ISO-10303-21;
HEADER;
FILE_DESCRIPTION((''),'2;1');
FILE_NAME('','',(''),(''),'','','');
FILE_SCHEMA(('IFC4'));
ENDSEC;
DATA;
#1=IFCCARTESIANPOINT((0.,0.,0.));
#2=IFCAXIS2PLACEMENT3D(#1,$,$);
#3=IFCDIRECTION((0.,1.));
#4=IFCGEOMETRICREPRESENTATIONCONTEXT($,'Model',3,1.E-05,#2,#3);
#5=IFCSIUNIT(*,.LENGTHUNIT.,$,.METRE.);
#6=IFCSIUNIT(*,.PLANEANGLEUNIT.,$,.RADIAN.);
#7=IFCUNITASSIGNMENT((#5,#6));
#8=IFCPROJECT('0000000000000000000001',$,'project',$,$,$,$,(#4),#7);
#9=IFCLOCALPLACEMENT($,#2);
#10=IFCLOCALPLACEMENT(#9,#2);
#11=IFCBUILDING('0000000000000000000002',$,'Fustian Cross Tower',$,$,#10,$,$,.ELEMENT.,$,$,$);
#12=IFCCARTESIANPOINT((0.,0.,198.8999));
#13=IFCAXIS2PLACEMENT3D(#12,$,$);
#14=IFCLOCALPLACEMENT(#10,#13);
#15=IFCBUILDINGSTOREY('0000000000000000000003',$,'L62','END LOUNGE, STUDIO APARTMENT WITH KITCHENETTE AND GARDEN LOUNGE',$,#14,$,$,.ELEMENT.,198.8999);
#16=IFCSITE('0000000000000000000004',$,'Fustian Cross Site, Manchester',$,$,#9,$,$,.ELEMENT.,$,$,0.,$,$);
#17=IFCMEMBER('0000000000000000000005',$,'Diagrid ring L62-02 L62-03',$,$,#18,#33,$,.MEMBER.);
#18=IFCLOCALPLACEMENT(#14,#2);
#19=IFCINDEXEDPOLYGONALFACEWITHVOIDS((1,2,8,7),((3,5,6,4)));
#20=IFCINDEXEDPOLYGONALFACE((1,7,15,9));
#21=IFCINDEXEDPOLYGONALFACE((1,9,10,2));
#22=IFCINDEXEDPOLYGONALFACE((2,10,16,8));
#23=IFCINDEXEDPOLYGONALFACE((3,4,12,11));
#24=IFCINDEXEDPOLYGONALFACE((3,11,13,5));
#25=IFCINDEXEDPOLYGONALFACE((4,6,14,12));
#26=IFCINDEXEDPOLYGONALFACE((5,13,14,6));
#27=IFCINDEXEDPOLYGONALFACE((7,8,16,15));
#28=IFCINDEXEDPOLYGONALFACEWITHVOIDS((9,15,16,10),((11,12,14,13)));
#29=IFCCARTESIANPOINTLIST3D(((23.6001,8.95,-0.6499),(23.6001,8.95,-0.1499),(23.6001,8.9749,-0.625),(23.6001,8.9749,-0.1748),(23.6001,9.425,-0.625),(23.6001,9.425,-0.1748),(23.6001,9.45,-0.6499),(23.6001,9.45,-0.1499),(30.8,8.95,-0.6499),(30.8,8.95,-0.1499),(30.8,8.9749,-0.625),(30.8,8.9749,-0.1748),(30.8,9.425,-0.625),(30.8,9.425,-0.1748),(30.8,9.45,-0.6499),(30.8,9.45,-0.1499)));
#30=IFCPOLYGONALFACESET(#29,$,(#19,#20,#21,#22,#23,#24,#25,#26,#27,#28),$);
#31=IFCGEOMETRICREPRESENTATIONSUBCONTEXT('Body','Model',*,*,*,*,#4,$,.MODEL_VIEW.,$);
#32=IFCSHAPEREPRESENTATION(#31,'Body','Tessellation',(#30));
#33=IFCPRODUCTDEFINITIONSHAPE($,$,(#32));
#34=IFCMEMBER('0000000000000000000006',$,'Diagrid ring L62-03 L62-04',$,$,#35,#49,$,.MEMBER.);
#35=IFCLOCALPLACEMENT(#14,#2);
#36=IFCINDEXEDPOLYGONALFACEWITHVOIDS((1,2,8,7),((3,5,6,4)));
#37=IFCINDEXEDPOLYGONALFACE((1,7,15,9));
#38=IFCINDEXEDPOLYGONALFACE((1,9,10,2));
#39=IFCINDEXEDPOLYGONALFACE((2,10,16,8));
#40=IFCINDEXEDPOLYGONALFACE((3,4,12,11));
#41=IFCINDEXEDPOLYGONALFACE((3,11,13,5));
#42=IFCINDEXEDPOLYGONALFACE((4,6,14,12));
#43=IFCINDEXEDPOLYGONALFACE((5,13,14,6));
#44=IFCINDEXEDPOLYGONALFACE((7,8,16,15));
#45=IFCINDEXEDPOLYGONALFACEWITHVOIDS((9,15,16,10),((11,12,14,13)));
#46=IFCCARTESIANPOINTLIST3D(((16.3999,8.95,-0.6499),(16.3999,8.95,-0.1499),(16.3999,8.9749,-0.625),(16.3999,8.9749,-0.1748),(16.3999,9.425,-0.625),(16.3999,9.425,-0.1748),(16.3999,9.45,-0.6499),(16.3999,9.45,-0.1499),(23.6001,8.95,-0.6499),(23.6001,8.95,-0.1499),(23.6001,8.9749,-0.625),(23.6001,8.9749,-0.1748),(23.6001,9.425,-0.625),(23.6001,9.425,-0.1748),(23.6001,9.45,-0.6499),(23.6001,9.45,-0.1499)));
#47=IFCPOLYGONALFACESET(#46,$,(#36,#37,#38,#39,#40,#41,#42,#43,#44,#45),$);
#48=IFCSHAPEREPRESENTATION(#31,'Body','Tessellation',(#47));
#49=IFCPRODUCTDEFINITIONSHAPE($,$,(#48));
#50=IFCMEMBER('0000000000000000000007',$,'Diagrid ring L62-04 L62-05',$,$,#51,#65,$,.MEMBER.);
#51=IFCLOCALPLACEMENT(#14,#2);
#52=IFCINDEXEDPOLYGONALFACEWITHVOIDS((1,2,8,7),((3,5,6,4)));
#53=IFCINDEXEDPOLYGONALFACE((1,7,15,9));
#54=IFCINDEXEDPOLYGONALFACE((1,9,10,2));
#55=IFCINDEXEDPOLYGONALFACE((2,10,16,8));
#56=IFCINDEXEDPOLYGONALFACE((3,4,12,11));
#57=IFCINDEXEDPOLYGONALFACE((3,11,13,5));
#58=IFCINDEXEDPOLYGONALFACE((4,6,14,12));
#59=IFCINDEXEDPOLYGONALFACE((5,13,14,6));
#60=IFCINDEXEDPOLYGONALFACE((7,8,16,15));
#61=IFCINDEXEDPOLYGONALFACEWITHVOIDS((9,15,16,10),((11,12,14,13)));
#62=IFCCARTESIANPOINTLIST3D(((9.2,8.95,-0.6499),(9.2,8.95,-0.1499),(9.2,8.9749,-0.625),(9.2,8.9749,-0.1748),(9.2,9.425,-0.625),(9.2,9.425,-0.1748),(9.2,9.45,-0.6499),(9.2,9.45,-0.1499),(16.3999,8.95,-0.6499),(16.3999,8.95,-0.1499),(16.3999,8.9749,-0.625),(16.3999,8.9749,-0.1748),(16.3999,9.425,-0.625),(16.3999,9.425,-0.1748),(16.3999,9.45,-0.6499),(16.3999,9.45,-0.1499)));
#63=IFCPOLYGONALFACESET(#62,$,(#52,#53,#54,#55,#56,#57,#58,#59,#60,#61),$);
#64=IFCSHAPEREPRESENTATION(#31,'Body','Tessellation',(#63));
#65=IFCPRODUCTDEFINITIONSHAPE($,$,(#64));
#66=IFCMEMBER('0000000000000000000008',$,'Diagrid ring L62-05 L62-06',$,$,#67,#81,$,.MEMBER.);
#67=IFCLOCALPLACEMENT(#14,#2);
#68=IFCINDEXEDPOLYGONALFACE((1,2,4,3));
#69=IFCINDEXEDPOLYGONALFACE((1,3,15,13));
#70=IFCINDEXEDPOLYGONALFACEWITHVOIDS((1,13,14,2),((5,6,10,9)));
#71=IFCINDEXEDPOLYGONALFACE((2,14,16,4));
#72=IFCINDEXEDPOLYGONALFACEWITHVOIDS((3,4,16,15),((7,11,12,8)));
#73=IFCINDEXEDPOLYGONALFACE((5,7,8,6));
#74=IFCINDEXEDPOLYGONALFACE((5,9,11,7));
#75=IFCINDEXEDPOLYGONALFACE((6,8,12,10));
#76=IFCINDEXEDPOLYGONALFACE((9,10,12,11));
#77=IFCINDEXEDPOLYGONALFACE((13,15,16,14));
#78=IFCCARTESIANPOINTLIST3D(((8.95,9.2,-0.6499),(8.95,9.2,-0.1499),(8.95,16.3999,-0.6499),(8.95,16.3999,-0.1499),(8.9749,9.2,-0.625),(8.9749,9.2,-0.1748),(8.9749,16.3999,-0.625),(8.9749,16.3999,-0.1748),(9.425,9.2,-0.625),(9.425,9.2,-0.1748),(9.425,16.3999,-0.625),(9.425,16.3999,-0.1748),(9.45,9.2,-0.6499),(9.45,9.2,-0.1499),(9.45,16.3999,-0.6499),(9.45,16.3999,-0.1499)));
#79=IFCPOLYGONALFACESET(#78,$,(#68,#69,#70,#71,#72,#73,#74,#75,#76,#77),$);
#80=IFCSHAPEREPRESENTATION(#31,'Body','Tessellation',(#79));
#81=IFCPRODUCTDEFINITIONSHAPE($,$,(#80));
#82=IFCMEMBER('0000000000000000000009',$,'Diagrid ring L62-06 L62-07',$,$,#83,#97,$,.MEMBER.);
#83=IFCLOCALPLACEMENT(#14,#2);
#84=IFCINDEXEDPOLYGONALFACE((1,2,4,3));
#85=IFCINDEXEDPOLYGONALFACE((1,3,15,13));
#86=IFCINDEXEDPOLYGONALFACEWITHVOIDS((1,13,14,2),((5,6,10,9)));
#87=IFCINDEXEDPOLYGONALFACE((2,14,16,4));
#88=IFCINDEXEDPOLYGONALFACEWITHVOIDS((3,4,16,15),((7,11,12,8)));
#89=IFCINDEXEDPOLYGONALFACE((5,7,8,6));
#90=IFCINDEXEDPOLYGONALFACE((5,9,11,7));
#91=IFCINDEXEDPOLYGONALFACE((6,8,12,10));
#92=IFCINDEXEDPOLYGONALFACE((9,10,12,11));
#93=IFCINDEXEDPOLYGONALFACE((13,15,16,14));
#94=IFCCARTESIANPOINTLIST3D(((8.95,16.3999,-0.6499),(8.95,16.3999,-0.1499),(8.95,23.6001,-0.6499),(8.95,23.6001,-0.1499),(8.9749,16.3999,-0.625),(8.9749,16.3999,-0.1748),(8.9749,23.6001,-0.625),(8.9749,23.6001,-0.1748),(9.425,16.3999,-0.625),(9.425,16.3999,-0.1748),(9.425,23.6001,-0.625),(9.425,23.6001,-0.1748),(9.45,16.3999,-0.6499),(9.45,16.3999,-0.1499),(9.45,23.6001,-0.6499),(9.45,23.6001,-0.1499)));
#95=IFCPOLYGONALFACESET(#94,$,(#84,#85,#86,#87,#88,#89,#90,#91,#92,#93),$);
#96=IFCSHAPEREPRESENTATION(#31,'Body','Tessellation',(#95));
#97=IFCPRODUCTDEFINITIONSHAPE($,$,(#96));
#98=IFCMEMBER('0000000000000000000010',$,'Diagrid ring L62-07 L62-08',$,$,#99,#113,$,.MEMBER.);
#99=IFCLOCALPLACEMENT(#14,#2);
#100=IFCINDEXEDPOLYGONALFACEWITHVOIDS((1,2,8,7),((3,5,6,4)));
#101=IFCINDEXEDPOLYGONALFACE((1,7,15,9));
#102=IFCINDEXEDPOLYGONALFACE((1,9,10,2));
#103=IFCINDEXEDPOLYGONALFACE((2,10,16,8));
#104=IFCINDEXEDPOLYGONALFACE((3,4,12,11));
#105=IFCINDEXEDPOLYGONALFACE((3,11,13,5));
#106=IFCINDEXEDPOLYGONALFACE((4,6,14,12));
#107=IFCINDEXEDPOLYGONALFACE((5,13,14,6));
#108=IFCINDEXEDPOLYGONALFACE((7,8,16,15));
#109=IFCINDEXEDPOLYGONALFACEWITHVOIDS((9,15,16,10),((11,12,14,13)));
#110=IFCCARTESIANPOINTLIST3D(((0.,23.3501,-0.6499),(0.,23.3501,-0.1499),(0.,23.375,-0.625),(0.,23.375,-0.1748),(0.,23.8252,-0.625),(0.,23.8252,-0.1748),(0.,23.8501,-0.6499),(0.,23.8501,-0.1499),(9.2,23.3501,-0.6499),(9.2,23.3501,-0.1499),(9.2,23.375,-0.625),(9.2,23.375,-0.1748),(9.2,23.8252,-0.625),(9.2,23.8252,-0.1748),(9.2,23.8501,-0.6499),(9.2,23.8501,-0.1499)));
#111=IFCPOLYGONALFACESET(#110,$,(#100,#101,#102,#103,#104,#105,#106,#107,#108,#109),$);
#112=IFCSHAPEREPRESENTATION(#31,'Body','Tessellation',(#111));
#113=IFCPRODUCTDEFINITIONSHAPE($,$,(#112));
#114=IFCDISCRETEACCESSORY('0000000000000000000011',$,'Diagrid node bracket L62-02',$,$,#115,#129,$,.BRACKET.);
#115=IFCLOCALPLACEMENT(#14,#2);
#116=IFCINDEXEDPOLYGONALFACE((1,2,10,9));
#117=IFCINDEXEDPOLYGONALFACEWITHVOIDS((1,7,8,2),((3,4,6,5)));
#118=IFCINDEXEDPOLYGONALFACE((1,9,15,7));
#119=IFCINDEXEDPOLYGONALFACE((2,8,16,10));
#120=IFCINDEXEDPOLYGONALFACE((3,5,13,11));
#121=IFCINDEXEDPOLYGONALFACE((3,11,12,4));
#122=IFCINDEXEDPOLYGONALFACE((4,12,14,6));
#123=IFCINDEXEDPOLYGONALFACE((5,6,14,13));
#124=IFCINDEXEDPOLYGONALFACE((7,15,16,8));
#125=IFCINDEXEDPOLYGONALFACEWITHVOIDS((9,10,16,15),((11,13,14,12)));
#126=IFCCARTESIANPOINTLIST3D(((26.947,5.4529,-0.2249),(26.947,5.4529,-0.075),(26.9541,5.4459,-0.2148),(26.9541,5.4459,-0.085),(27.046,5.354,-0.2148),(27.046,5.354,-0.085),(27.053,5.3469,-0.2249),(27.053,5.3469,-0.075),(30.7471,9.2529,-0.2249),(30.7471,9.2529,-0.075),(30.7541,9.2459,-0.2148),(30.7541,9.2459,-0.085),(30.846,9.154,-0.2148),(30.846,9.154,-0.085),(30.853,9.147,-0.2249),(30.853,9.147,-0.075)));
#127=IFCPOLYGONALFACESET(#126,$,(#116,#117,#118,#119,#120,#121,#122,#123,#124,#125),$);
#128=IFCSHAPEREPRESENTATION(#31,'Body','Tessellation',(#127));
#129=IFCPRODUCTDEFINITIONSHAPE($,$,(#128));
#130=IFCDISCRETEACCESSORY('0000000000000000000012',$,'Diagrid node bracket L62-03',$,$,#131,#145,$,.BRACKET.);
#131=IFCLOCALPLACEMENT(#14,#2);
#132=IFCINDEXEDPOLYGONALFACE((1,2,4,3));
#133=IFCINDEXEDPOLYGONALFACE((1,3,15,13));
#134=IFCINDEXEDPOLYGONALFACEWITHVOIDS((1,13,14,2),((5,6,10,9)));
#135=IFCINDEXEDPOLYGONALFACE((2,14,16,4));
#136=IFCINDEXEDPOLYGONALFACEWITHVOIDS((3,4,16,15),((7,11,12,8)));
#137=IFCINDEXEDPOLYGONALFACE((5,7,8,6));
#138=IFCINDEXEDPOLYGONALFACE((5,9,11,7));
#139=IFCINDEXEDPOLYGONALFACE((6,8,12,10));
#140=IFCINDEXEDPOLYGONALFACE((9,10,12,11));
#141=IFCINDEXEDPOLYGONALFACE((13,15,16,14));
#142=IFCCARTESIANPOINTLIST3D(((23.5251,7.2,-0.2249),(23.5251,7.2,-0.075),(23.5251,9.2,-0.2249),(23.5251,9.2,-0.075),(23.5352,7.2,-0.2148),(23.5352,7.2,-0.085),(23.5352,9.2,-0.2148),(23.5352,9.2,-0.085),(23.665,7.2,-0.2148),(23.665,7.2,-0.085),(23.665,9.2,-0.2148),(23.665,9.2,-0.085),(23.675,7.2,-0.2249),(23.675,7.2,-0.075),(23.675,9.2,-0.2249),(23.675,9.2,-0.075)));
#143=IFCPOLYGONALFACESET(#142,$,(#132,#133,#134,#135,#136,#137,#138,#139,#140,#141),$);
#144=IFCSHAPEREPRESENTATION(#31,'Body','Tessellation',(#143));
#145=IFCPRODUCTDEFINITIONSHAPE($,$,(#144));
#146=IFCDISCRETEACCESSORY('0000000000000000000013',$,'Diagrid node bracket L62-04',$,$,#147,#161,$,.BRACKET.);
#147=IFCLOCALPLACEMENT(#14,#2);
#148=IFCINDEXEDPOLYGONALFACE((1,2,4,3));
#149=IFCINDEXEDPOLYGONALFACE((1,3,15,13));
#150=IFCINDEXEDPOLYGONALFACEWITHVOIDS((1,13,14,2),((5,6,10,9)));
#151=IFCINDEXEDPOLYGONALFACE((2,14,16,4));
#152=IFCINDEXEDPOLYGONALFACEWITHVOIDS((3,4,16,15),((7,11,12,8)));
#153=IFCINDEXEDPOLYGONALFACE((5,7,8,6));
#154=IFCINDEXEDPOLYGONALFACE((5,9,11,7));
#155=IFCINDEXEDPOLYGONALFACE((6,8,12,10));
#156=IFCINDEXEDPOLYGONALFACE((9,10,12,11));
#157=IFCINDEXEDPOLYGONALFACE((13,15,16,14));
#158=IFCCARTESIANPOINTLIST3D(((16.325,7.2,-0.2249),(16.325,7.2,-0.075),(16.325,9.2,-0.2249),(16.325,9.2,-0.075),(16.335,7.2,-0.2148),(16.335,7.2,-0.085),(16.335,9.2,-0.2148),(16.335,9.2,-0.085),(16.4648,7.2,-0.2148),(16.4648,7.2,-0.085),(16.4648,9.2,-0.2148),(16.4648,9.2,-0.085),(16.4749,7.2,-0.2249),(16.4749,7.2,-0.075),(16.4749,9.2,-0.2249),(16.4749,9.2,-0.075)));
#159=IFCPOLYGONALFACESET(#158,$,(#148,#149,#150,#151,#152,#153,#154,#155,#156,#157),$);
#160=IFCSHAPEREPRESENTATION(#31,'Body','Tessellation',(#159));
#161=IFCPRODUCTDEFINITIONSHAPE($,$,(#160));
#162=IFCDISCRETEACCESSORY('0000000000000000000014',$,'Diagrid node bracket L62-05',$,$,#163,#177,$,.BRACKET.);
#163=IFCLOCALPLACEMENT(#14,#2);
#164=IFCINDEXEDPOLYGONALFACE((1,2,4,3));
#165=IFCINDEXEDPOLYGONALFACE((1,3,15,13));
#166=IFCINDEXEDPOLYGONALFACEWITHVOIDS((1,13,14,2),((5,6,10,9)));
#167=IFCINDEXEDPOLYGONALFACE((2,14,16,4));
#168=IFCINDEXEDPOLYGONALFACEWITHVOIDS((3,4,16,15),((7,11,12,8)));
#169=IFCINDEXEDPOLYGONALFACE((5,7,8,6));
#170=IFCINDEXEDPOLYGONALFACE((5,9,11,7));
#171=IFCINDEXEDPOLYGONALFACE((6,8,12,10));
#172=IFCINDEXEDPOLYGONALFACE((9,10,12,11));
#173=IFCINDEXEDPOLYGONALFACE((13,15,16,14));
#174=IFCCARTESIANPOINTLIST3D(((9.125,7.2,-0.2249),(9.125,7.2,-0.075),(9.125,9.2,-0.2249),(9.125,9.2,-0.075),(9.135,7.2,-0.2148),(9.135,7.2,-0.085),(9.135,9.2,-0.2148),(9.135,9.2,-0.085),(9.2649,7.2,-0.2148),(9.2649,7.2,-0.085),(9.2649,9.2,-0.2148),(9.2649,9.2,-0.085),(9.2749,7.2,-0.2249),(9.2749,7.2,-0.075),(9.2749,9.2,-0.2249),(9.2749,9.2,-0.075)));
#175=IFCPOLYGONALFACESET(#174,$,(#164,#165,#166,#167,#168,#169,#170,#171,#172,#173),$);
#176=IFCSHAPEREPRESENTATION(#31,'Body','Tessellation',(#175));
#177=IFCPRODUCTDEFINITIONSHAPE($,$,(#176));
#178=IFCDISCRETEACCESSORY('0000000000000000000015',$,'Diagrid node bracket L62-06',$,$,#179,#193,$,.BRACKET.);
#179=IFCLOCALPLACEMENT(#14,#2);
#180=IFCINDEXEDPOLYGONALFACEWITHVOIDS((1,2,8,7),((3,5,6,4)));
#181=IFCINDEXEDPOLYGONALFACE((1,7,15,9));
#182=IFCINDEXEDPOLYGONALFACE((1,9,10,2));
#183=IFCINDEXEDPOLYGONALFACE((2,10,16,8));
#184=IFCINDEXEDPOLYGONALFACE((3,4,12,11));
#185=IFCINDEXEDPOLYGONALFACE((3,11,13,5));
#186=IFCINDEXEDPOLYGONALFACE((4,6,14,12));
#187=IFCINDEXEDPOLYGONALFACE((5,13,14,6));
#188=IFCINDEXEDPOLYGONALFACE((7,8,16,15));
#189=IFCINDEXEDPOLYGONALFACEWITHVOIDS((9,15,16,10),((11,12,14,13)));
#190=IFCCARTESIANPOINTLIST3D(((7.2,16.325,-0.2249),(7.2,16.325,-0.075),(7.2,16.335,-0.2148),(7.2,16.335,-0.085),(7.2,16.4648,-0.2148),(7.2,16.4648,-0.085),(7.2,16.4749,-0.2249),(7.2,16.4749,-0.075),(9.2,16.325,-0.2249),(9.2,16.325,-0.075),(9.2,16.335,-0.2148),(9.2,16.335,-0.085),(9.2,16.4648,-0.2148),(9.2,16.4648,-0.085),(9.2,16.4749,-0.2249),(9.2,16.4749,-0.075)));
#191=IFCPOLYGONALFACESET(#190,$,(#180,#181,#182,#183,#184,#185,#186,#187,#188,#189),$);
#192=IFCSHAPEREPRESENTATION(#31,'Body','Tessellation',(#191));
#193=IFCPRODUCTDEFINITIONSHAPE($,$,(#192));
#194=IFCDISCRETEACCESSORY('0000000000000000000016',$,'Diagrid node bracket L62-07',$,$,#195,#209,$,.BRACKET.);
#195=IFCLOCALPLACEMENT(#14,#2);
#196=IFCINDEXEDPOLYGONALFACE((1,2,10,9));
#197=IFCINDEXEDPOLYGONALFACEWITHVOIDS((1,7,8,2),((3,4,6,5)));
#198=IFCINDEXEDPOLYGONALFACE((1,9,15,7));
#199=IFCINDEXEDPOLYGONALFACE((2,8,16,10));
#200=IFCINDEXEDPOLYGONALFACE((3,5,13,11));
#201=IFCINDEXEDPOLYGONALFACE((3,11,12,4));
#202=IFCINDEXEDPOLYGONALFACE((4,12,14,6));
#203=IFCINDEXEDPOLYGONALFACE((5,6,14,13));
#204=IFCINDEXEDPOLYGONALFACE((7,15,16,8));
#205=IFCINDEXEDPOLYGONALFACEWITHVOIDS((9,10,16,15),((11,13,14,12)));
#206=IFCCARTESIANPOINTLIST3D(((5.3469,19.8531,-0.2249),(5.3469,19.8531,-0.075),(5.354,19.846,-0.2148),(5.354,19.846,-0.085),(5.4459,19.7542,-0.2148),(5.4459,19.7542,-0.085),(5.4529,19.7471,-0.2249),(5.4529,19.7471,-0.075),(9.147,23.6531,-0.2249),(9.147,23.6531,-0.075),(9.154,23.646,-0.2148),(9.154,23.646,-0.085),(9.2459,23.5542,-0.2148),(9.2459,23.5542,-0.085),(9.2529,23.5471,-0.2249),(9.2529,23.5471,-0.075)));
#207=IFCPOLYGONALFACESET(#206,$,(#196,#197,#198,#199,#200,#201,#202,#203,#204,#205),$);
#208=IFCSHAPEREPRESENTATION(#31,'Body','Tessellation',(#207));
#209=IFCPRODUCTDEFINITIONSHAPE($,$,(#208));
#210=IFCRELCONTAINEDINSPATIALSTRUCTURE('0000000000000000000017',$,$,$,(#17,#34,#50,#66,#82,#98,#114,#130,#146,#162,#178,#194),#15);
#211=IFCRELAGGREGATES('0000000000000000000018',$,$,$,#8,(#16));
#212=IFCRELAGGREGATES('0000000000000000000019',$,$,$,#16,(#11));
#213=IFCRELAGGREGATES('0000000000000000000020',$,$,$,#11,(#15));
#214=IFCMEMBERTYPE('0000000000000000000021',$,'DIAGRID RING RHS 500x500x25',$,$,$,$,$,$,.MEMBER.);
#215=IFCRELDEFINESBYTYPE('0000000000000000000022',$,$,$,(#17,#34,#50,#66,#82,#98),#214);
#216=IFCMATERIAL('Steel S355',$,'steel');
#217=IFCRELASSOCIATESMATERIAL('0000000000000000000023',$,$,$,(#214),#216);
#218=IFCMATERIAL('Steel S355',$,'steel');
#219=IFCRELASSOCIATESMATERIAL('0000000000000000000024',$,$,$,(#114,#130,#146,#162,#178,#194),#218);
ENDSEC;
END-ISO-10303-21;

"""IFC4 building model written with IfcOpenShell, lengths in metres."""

from ifc_helpers import new_model, si_unit, direction, frame, origin, origin_2d, place, context, subcontext, project, spatial, hollow_rectangle, extrude, material, material_profile, profile_set, type_object, element, save


model = new_model("IFC4")

# Units and contexts
model_context = context("Model", 3, precision=1e-05, world=origin(), true_north=direction((0.0, 1.0)))
body_context = subcontext(model_context, "Body", "Model", "MODEL_VIEW")
ifc_project = project(units=[si_unit("LENGTHUNIT", "METRE"), si_unit("PLANEANGLEUNIT", "RADIAN")], contexts=[model_context])

# Site, building, storey
site_placement = place(None, origin())
site = spatial("IfcSite", under=ifc_project, at=site_placement, Name="Fustian Cross Site, Manchester", CompositionType="ELEMENT", RefElevation=0.0)
building_placement = place(site_placement, origin())
building = spatial("IfcBuilding", under=site, at=building_placement, Name="Fustian Cross Tower", CompositionType="ELEMENT")
storey_placement = place(building_placement, frame((0.0, 0.0, 198.8999)))
storey = spatial("IfcBuildingStorey", under=building, at=storey_placement, Name="L62", Description="END LOUNGE, STUDIO APARTMENT WITH KITCHENETTE AND GARDEN LOUNGE", CompositionType="ELEMENT", Elevation=198.8999)

# Members
ifc_material_1 = material(Name="Steel S355", Category="steel")
ifc_material_profile_1 = material_profile(ifc_material_1, hollow_rectangle(XDim=0.5, YDim=0.5, WallThickness=0.0249, at=origin_2d()), Name="RHS 500x500x25")
ifc_profile_set_1 = profile_set([ifc_material_profile_1], Name="Steel S355")
member_type_1 = type_object("IfcMemberType", Name="DIAGRID RING RHS 500x500x25", PredefinedType="MEMBER", material=ifc_profile_set_1)
member_1_placement = place(storey_placement, frame((30.8, 9.2, -0.3999), z_axis=(-1.0, 0.0, 0.0), x_axis=(0.0, -1.0, 0.0)))
element("IfcMember", 1, at=member_1_placement, inside=storey, type_object=member_type_1, Name="Diagrid ring L62-02 L62-03", PredefinedType="MEMBER", context=body_context, shape_type="SweptSolid", body=[
    extrude(hollow_rectangle(XDim=0.5, YDim=0.5, WallThickness=0.0249, at=origin_2d()), origin(), (0.0, 0.0, 1.0), 7.2),
])
member_2_placement = place(storey_placement, frame((23.6001, 9.2, -0.3999), z_axis=(-1.0, 0.0, 0.0), x_axis=(0.0, -1.0, 0.0)))
element("IfcMember", 2, at=member_2_placement, inside=storey, type_object=member_type_1, Name="Diagrid ring L62-03 L62-04", PredefinedType="MEMBER", context=body_context, shape_type="SweptSolid", body=[
    extrude(hollow_rectangle(XDim=0.5, YDim=0.5, WallThickness=0.0249, at=origin_2d()), origin(), (0.0, 0.0, 1.0), 7.2002),
])
for number, where, z_axis, x_axis, name in (
    (3, (16.3999, 9.2, -0.3999), (-1.0, 0.0, 0.0), (0.0, -1.0, 0.0), "Diagrid ring L62-04 L62-05"),
    (4, (9.2, 9.2, -0.3999), (0.0, 1.0, 0.0), (-1.0, 0.0, 0.0), "Diagrid ring L62-05 L62-06"),
):
    element("IfcMember", number, at=place(storey_placement, frame(where, z_axis=z_axis, x_axis=x_axis)), inside=storey, type_object=member_type_1, Name=name, PredefinedType="MEMBER", context=body_context, shape_type="SweptSolid", body=[
        extrude(hollow_rectangle(XDim=0.5, YDim=0.5, WallThickness=0.0249, at=origin_2d()), origin(), (0.0, 0.0, 1.0), 7.2),
    ])
member_3_placement = place(storey_placement, frame((9.2, 16.3999, -0.3999), z_axis=(0.0, 1.0, 0.0), x_axis=(-1.0, 0.0, 0.0)))
element("IfcMember", 5, at=member_3_placement, inside=storey, type_object=member_type_1, Name="Diagrid ring L62-06 L62-07", PredefinedType="MEMBER", context=body_context, shape_type="SweptSolid", body=[
    extrude(hollow_rectangle(XDim=0.5, YDim=0.5, WallThickness=0.0249, at=origin_2d()), origin(), (0.0, 0.0, 1.0), 7.2002),
])
member_4_placement = place(storey_placement, frame((9.2, 23.6001, -0.3999), z_axis=(-1.0, 0.0, 0.0), x_axis=(0.0, -1.0, 0.0)))
element("IfcMember", 6, at=member_4_placement, inside=storey, type_object=member_type_1, Name="Diagrid ring L62-07 L62-08", PredefinedType="MEMBER", context=body_context, shape_type="SweptSolid", body=[
    extrude(hollow_rectangle(XDim=0.5, YDim=0.5, WallThickness=0.0249, at=origin_2d()), origin(), (0.0, 0.0, 1.0), 9.2),
])

# Discrete accessories
ifc_material_2 = material(Name="Steel S355", Category="steel")
discrete_accessory_1_placement = place(storey_placement, frame((30.8, 9.2, -0.1499), z_axis=(-0.707107, -0.707107, 0.0), x_axis=(0.707107, -0.707107, 0.0)))
element("IfcDiscreteAccessory", 7, at=discrete_accessory_1_placement, inside=storey, material=ifc_material_2, Name="Diagrid node bracket L62-02", PredefinedType="BRACKET", context=body_context, shape_type="SweptSolid", body=[
    extrude(hollow_rectangle(XDim=0.1499, YDim=0.1499, WallThickness=0.01, at=origin_2d()), origin(), (0.0, 0.0, 1.0), 5.374),
])
for number, where, z_axis, x_axis, name in (
    (8, (23.6001, 9.2, -0.1499), (0.0, -1.0, 0.0), (1.0, 0.0, 0.0), "Diagrid node bracket L62-03"),
    (9, (16.3999, 9.2, -0.1499), (0.0, -1.0, 0.0), (1.0, 0.0, 0.0), "Diagrid node bracket L62-04"),
    (10, (9.2, 9.2, -0.1499), (0.0, -1.0, 0.0), (1.0, 0.0, 0.0), "Diagrid node bracket L62-05"),
    (11, (9.2, 16.3999, -0.1499), (-1.0, 0.0, 0.0), (0.0, -1.0, 0.0), "Diagrid node bracket L62-06"),
):
    element("IfcDiscreteAccessory", number, at=place(storey_placement, frame(where, z_axis=z_axis, x_axis=x_axis)), inside=storey, material=ifc_material_2, Name=name, PredefinedType="BRACKET", context=body_context, shape_type="SweptSolid", body=[
        extrude(hollow_rectangle(XDim=0.1499, YDim=0.1499, WallThickness=0.01, at=origin_2d()), origin(), (0.0, 0.0, 1.0), 2.0),
    ])
discrete_accessory_2_placement = place(storey_placement, frame((9.2, 23.6001, -0.1499), z_axis=(-0.707107, -0.707107, 0.0), x_axis=(0.707107, -0.707107, 0.0)))
element("IfcDiscreteAccessory", 12, at=discrete_accessory_2_placement, inside=storey, material=ifc_material_2, Name="Diagrid node bracket L62-07", PredefinedType="BRACKET", context=body_context, shape_type="SweptSolid", body=[
    extrude(hollow_rectangle(XDim=0.1499, YDim=0.1499, WallThickness=0.01, at=origin_2d()), origin(), (0.0, 0.0, 1.0), 5.374),
])

save(model, "model.ifc")
